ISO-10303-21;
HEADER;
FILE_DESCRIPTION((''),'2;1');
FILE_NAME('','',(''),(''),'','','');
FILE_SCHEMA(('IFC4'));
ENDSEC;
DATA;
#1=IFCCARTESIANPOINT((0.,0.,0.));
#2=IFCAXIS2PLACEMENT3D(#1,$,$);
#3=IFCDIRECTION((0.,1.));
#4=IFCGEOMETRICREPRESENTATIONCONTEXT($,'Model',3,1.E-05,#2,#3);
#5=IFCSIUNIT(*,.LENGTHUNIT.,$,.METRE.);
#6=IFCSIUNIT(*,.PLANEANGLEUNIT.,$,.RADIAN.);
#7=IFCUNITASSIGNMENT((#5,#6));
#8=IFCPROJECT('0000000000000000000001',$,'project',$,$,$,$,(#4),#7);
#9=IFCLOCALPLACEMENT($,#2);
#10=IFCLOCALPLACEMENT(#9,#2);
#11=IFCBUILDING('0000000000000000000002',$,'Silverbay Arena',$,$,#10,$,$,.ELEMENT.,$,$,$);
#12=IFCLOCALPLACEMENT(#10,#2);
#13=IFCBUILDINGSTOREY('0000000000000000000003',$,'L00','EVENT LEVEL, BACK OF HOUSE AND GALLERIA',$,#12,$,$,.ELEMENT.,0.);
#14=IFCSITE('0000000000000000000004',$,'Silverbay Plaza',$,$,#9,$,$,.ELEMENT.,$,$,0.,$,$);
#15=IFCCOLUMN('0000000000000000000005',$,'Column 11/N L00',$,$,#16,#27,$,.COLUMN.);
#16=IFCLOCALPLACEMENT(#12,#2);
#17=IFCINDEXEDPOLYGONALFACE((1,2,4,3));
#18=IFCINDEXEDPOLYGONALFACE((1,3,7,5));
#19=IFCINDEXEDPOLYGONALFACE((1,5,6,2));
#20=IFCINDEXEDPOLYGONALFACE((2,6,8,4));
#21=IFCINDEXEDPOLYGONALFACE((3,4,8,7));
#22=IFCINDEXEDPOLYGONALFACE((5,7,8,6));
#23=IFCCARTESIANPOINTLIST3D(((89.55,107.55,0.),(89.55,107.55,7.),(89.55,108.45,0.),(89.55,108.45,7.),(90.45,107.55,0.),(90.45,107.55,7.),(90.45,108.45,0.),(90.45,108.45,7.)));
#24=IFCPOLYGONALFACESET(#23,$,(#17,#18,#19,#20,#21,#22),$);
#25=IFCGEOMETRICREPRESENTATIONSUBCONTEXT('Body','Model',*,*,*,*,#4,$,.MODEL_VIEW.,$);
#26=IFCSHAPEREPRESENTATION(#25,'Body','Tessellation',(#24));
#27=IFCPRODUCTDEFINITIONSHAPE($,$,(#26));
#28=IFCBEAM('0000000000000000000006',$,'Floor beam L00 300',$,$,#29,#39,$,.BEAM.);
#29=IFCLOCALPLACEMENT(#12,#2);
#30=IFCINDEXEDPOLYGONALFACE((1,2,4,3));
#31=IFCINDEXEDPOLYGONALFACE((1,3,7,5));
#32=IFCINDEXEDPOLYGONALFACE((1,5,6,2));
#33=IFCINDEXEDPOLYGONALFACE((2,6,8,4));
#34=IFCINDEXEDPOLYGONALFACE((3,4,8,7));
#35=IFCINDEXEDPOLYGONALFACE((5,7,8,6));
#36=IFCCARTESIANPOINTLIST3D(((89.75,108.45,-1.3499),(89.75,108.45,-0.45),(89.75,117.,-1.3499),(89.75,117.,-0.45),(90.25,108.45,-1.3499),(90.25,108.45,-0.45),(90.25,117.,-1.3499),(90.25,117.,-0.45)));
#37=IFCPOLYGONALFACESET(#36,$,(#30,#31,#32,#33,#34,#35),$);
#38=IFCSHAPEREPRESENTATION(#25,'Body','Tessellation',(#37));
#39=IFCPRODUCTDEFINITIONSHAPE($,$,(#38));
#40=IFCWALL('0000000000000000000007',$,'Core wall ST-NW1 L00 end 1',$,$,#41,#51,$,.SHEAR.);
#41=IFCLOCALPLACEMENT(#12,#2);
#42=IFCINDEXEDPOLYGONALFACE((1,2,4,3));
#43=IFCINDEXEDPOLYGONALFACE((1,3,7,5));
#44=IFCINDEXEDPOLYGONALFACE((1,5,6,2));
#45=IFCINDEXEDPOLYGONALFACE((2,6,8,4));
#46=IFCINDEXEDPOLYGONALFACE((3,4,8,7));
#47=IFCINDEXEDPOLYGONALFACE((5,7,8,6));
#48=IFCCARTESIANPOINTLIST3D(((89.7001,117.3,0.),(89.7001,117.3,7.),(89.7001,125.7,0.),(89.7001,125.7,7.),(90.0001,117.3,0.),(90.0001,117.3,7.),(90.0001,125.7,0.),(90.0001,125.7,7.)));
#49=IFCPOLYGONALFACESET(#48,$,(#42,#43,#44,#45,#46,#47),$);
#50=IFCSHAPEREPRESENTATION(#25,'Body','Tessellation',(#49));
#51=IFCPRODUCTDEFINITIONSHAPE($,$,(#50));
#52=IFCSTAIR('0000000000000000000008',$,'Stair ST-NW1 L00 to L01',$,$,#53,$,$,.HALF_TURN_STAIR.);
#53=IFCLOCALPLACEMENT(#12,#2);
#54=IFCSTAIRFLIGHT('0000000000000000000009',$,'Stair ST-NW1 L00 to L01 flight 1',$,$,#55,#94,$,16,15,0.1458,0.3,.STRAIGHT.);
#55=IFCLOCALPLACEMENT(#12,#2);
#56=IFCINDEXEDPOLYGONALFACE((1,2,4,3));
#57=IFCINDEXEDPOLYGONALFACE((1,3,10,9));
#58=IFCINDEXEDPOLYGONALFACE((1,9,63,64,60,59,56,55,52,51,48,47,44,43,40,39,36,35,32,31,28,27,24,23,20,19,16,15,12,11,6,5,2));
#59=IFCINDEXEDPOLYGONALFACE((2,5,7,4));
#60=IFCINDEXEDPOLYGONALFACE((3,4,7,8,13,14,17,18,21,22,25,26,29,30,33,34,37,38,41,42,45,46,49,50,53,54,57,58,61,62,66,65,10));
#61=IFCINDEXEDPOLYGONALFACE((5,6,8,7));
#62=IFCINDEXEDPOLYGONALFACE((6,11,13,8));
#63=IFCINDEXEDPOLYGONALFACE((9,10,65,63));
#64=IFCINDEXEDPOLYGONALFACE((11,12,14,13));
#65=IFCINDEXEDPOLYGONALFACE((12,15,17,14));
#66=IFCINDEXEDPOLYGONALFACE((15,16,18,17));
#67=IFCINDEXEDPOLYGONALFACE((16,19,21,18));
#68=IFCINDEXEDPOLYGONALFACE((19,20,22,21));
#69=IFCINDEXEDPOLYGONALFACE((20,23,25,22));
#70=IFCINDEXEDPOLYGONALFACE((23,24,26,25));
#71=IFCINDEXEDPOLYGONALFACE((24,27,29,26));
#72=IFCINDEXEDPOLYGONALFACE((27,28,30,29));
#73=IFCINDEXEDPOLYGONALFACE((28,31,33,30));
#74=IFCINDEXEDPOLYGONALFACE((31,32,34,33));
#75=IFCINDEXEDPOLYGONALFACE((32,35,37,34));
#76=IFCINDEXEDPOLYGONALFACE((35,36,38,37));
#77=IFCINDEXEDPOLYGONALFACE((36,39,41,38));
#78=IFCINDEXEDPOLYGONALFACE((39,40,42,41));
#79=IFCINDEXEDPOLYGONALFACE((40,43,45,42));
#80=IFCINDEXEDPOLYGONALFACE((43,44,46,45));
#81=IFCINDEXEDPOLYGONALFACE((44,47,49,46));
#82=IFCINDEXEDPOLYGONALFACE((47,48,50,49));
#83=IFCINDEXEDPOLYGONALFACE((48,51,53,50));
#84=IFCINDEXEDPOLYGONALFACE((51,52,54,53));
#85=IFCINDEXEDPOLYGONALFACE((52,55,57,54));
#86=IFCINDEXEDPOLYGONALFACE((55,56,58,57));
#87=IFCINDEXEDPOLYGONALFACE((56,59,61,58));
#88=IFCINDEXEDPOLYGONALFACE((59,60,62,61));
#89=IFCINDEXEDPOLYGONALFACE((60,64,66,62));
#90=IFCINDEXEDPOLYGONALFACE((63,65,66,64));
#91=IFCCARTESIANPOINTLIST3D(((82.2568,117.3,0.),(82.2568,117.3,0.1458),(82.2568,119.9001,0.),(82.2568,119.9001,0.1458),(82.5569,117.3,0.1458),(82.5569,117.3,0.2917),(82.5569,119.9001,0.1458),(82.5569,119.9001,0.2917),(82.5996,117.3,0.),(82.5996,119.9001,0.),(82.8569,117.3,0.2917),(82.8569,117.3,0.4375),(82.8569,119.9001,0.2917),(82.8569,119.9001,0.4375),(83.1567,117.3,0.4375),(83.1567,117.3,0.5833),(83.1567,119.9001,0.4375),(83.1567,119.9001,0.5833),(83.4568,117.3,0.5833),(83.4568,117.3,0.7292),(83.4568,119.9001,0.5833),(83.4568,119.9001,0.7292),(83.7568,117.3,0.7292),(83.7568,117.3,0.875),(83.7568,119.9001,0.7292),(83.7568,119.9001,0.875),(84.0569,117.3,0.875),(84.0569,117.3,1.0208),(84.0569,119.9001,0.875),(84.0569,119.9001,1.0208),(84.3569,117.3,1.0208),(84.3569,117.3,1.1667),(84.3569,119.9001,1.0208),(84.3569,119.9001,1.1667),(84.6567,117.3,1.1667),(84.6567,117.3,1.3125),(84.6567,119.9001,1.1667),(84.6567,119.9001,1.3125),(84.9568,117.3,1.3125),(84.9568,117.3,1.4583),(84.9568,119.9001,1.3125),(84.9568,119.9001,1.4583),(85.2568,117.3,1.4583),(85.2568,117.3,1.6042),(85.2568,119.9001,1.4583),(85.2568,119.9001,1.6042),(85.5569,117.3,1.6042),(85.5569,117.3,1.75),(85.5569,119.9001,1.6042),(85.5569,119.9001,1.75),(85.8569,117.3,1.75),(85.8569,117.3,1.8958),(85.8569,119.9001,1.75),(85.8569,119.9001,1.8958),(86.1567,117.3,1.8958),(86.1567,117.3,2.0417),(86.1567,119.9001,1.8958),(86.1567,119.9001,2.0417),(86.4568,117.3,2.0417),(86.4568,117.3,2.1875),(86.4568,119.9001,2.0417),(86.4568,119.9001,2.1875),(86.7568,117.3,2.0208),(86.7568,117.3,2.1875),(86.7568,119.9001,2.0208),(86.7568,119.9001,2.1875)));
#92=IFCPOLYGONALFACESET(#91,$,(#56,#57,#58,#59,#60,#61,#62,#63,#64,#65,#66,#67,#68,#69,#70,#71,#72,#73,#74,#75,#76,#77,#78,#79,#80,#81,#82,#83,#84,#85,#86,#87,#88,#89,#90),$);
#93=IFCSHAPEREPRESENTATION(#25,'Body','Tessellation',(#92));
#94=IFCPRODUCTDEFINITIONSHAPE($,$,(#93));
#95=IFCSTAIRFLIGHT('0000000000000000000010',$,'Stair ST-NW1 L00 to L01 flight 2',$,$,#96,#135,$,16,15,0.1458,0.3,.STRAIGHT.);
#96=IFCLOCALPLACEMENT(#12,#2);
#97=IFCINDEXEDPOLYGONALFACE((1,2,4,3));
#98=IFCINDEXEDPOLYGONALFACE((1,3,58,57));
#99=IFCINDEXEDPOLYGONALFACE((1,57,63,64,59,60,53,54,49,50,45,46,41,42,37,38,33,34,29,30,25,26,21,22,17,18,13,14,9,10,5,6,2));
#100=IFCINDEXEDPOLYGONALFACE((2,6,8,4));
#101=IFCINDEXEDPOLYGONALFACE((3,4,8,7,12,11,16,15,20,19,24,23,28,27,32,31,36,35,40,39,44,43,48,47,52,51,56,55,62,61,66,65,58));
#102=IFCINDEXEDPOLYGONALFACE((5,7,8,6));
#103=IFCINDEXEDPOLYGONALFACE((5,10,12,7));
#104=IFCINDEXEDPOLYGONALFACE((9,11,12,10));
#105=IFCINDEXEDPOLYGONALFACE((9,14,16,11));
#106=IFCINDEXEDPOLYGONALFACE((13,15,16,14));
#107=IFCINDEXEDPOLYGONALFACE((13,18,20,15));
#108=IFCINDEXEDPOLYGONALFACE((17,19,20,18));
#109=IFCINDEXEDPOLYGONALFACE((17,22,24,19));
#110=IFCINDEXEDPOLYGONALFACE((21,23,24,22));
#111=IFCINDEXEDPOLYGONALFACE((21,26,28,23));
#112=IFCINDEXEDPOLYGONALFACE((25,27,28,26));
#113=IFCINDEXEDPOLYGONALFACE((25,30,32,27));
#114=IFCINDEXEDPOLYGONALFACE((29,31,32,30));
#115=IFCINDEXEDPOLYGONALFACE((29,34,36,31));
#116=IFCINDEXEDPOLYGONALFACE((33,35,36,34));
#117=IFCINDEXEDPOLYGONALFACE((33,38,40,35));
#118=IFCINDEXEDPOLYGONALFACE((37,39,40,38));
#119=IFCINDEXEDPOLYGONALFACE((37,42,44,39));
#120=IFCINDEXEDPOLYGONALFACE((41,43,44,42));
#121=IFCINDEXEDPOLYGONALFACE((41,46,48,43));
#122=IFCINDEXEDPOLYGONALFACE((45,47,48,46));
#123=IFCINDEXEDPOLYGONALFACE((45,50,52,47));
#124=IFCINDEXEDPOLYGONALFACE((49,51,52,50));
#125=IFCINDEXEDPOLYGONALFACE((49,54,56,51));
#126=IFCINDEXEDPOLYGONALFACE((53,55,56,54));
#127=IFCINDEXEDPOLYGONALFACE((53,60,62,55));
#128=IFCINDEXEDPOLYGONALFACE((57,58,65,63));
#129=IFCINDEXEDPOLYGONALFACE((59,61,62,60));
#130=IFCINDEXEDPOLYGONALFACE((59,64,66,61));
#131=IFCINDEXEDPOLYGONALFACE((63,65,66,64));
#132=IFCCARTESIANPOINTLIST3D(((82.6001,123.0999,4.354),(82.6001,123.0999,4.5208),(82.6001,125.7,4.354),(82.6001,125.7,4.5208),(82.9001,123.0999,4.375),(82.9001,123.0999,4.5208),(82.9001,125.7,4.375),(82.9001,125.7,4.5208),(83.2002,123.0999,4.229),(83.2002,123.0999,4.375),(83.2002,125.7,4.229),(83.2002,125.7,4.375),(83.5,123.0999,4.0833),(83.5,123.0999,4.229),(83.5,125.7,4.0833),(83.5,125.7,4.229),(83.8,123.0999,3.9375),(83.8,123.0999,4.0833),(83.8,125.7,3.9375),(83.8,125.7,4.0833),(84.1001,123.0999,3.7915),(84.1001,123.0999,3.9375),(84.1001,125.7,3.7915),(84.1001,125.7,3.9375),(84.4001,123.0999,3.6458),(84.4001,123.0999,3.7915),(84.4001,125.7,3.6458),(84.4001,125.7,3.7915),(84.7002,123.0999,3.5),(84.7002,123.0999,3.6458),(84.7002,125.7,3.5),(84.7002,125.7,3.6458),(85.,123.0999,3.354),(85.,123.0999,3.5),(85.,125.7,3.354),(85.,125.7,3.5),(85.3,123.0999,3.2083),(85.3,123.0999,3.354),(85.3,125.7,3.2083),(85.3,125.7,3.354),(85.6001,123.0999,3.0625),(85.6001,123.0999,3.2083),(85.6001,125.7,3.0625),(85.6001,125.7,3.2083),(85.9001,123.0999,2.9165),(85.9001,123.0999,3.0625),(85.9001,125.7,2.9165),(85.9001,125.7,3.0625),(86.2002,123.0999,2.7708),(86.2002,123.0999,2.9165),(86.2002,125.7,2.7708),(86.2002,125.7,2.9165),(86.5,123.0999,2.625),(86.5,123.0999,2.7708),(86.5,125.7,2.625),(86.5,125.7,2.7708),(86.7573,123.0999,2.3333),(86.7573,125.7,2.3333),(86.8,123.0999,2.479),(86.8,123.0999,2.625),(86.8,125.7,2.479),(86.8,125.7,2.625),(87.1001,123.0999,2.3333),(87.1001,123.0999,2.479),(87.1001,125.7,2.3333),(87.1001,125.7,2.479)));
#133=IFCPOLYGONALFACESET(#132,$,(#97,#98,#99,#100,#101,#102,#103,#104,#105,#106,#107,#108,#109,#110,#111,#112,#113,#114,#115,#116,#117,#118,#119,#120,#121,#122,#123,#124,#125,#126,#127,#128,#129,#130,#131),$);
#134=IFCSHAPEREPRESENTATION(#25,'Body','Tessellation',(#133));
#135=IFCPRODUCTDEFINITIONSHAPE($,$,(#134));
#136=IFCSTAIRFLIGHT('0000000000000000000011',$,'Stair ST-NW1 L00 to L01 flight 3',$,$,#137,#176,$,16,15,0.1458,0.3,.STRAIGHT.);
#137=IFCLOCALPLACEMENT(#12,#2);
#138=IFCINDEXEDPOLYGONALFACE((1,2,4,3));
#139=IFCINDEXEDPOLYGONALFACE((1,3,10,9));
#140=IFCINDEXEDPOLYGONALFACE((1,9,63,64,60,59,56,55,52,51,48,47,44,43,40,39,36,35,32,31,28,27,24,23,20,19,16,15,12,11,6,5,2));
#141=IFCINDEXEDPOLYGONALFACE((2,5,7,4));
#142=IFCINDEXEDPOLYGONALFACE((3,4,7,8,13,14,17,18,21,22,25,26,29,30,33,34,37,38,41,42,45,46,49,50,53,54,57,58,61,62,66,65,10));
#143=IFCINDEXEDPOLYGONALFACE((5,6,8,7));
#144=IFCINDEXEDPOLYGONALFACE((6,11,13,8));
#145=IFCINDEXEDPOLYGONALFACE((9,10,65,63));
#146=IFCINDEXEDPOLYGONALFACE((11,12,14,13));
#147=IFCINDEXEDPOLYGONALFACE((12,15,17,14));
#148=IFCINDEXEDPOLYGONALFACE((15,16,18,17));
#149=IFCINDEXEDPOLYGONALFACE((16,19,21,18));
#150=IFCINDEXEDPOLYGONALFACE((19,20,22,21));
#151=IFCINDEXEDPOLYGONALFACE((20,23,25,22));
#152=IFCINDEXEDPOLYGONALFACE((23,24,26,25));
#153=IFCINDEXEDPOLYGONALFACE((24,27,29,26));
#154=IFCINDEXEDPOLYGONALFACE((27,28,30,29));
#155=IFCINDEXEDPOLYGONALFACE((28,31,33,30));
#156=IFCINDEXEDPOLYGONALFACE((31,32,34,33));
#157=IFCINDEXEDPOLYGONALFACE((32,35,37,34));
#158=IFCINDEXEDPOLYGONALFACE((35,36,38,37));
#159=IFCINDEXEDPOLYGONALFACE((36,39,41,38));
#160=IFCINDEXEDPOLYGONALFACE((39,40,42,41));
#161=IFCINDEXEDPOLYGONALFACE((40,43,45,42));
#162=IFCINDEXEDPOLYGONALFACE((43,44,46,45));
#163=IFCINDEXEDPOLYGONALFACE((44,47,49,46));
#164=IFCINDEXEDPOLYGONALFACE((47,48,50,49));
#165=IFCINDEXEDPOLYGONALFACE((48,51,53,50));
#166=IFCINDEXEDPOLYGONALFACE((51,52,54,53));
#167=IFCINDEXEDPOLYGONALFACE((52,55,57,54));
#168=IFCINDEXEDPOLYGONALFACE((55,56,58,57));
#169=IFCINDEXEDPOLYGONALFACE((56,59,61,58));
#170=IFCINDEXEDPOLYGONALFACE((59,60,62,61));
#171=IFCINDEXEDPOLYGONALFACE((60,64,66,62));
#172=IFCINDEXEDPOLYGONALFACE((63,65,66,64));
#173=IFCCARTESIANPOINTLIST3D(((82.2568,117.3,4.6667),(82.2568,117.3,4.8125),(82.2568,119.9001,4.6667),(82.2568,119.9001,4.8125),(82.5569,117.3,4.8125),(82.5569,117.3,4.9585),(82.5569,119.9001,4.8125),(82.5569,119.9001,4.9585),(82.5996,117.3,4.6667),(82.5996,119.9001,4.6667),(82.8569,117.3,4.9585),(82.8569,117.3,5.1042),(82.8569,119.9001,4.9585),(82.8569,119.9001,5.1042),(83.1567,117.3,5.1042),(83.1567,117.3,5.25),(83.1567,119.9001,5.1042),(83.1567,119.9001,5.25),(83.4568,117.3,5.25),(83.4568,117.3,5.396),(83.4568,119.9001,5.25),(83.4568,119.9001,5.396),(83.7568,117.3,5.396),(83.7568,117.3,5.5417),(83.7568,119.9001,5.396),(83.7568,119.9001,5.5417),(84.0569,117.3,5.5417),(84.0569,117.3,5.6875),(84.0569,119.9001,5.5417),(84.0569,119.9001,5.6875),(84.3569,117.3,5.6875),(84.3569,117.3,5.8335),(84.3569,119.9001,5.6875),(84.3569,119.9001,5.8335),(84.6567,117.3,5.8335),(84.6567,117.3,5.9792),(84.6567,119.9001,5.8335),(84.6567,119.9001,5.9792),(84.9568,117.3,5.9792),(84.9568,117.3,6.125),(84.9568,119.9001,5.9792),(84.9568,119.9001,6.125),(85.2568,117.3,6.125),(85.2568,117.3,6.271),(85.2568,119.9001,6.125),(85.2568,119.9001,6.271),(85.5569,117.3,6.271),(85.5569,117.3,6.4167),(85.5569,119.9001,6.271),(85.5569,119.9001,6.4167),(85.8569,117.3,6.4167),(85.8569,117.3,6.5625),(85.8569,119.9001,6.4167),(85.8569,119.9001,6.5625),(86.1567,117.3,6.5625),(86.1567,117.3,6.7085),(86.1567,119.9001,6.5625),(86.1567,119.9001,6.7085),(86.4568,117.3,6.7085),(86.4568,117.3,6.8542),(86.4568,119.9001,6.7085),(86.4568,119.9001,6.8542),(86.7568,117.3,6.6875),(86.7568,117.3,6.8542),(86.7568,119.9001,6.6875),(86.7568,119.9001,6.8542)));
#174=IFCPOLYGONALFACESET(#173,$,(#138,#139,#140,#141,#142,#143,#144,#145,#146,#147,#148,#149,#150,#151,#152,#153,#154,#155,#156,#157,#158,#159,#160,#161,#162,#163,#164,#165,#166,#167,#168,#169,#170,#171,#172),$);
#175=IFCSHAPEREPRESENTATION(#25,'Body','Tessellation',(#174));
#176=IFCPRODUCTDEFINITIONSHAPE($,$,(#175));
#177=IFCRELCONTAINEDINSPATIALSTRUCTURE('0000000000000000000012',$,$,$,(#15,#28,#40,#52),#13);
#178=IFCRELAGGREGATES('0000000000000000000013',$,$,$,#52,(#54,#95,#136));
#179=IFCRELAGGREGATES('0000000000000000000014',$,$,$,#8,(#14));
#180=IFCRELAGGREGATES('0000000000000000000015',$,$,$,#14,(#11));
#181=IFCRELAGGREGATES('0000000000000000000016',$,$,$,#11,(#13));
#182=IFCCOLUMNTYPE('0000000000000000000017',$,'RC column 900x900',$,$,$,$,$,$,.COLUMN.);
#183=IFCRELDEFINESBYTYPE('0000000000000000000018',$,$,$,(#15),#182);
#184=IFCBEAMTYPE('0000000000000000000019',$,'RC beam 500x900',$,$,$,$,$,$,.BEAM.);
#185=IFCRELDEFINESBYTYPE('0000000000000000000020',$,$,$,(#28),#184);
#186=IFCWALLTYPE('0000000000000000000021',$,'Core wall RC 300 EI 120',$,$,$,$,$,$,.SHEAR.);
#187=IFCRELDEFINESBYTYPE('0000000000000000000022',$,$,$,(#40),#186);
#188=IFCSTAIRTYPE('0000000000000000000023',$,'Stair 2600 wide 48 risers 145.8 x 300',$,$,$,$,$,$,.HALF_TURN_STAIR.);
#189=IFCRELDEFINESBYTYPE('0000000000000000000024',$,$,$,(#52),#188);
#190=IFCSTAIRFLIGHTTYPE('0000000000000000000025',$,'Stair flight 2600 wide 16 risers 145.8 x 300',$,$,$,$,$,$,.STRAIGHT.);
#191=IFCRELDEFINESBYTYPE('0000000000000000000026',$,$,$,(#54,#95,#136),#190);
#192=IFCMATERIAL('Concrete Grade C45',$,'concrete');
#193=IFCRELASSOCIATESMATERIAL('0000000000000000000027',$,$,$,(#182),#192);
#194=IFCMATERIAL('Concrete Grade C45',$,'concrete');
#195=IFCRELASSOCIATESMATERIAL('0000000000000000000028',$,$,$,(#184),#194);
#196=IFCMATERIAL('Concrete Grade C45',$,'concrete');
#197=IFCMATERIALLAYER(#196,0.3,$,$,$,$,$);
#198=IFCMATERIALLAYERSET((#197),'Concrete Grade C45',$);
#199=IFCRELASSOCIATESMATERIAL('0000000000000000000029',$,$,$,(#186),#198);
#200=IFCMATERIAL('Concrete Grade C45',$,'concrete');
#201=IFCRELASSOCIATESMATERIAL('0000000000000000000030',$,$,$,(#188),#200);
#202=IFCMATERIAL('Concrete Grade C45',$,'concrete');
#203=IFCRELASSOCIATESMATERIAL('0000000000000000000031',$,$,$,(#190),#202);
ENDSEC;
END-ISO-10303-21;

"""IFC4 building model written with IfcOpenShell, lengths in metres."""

from ifc_helpers import new_model, si_unit, direction, frame, frame_2d, origin, origin_2d, place, context, subcontext, project, spatial, polyline, rectangle, outline, extrude, material, layer, layer_set, material_profile, profile_set, type_object, element, aggregate, save


model = new_model("IFC4")

# Units and contexts
model_context = context("Model", 3, precision=1e-05, world=origin(), true_north=direction((0.0, 1.0)))
body_context = subcontext(model_context, "Body", "Model", "MODEL_VIEW")
ifc_project = project(units=[si_unit("LENGTHUNIT", "METRE"), si_unit("PLANEANGLEUNIT", "RADIAN")], contexts=[model_context])

# Site, building, storey
site_placement = place(None, origin())
site = spatial("IfcSite", under=ifc_project, at=site_placement, Name="Silverbay Plaza", CompositionType="ELEMENT", RefElevation=0.0)
building_placement = place(site_placement, origin())
building = spatial("IfcBuilding", under=site, at=building_placement, Name="Silverbay Arena", CompositionType="ELEMENT")
storey_placement = place(building_placement, origin())
storey = spatial("IfcBuildingStorey", under=building, at=storey_placement, Name="L00", Description="EVENT LEVEL, BACK OF HOUSE AND GALLERIA", CompositionType="ELEMENT", Elevation=0.0)

# Column
ifc_material_1 = material(Name="Concrete Grade C45", Category="concrete")
ifc_material_profile_1 = material_profile(ifc_material_1, rectangle(XDim=0.8999, YDim=0.8999, at=origin_2d()), Name="RC 900x900")
ifc_profile_set_1 = profile_set([ifc_material_profile_1], Name="Concrete Grade C45")
column_type = type_object("IfcColumnType", Name="RC column 900x900", PredefinedType="COLUMN", material=ifc_profile_set_1)
column_placement = place(storey_placement, frame((90.0, 108.0, 0.0), z_axis=(0.0, 0.0, 1.0), x_axis=(1.0, 0.0, 0.0)))
element("IfcColumn", 1, at=column_placement, inside=storey, type_object=column_type, Name="Column 11/N L00", PredefinedType="COLUMN", context=body_context, shape_type="SweptSolid", body=[
    extrude(rectangle(XDim=0.8999, YDim=0.8999, at=origin_2d()), origin(), (0.0, 0.0, 1.0), 7.0),
])

# Beam
ifc_material_2 = material(Name="Concrete Grade C45", Category="concrete")
ifc_material_profile_2 = material_profile(ifc_material_2, rectangle(XDim=0.5, YDim=0.8999, at=origin_2d()), Name="RC 500x900")
ifc_profile_set_2 = profile_set([ifc_material_profile_2], Name="Concrete Grade C45")
beam_type = type_object("IfcBeamType", Name="RC beam 500x900", PredefinedType="BEAM", material=ifc_profile_set_2)
beam_placement = place(storey_placement, frame((90.0, 108.45, -0.8999), z_axis=(0.0, 1.0, 0.0), x_axis=(-1.0, 0.0, 0.0)))
element("IfcBeam", 2, at=beam_placement, inside=storey, type_object=beam_type, Name="Floor beam L00 300", PredefinedType="BEAM", context=body_context, shape_type="SweptSolid", body=[
    extrude(rectangle(XDim=0.5, YDim=0.8999, at=origin_2d()), origin(), (0.0, 0.0, 1.0), 8.55),
])

# Wall
ifc_material_3 = material(Name="Concrete Grade C45", Category="concrete")
ifc_layer = layer(ifc_material_3, 0.3)
ifc_layer_set = layer_set([ifc_layer], Name="Concrete Grade C45")
wall_type = type_object("IfcWallType", Name="Core wall RC 300 EI 120", PredefinedType="SHEAR", material=ifc_layer_set)
wall_placement = place(storey_placement, frame((89.8501, 117.3, 0.0), z_axis=(0.0, 0.0, 1.0), x_axis=(0.0, 1.0, 0.0)))
element("IfcWall", 3, at=wall_placement, inside=storey, type_object=wall_type, Name="Core wall ST-NW1 L00 end 1", PredefinedType="SHEAR", context=body_context, shape_type="SweptSolid", body=[
    extrude(rectangle(XDim=8.3999, YDim=0.3, at=frame_2d((4.2, 0.0))), origin(), (0.0, 0.0, 1.0), 7.0),
])

# Stair, stair flights
ifc_material_4 = material(Name="Concrete Grade C45", Category="concrete")
stair_type = type_object("IfcStairType", Name="Stair 2600 wide 48 risers 145.8 x 300", PredefinedType="HALF_TURN_STAIR", material=ifc_material_4)
stair_placement = place(storey_placement, origin())
stair = element("IfcStair", 4, at=stair_placement, inside=storey, type_object=stair_type, Name="Stair ST-NW1 L00 to L01", PredefinedType="HALF_TURN_STAIR")
ifc_material_5 = material(Name="Concrete Grade C45", Category="concrete")
stair_flight_type = type_object("IfcStairFlightType", Name="Stair flight 2600 wide 16 risers 145.8 x 300", PredefinedType="STRAIGHT", material=ifc_material_5)
stair_flight_1_placement = place(storey_placement, frame((82.2568, 118.6001, 0.0), z_axis=(0.0, 0.0, 1.0), x_axis=(1.0, 0.0, 0.0)))
stair_flight_1 = element("IfcStairFlight", 5, at=stair_flight_1_placement, type_object=stair_flight_type, Name="Stair ST-NW1 L00 to L01 flight 1", NumberOfRisers=16, NumberOfTreads=15, PredefinedType="STRAIGHT", RiserHeight=0.1458, TreadLength=0.3, context=body_context, shape_type="SweptSolid", body=[
    extrude(outline(polyline([(0.0, 0.0), (0.0, 0.1458), (0.3, 0.1458), (0.3, 0.2917), (0.6001, 0.2917), (0.6001, 0.4375), (0.8999, 0.4375), (0.8999, 0.5833), (1.2, 0.5833), (1.2, 0.7292), (1.5, 0.7292), (1.5, 0.875), (1.8, 0.875), (1.8, 1.0208), (2.1001, 1.0208), (2.1001, 1.1667), (2.3999, 1.1667), (2.3999, 1.3125), (2.7, 1.3125), (2.7, 1.4583), (3.0, 1.4583), (3.0, 1.6042), (3.3, 1.6042), (3.3, 1.75), (3.6001, 1.75), (3.6001, 1.8958), (3.8999, 1.8958), (3.8999, 2.0417), (4.2, 2.0417), (4.2, 2.1875), (4.5, 2.1875), (4.5, 2.0208), (0.3428, 0.0), (0.0, 0.0)])), frame((0.0, 1.3, 0.0), z_axis=(0.0, -1.0, 0.0), x_axis=(1.0, 0.0, 0.0)), (0.0, 0.0, 1.0), 2.6001),
])
stair_flight_2_placement = place(storey_placement, frame((87.1001, 124.3999, 2.3333), z_axis=(0.0, 0.0, 1.0), x_axis=(-1.0, 0.0, 0.0)))
stair_flight_2 = element("IfcStairFlight", 6, at=stair_flight_2_placement, type_object=stair_flight_type, Name="Stair ST-NW1 L00 to L01 flight 2", NumberOfRisers=16, NumberOfTreads=15, PredefinedType="STRAIGHT", RiserHeight=0.1458, TreadLength=0.3, context=body_context, shape_type="SweptSolid", body=[
    extrude(outline(polyline([(0.0, 0.0), (0.0, 0.1458), (0.3, 0.1458), (0.3, 0.2917), (0.6001, 0.2917), (0.6001, 0.4375), (0.8999, 0.4375), (0.8999, 0.5833), (1.2, 0.5833), (1.2, 0.7292), (1.5, 0.7292), (1.5, 0.875), (1.8, 0.875), (1.8, 1.0208), (2.1001, 1.0208), (2.1001, 1.1667), (2.3999, 1.1667), (2.3999, 1.3125), (2.7, 1.3125), (2.7, 1.4583), (3.0, 1.4583), (3.0, 1.6042), (3.3, 1.6042), (3.3, 1.75), (3.6001, 1.75), (3.6001, 1.8958), (3.8999, 1.8958), (3.8999, 2.0417), (4.2, 2.0417), (4.2, 2.1875), (4.5, 2.1875), (4.5, 2.0208), (0.3428, 0.0), (0.0, 0.0)])), frame((0.0, 1.3, 0.0), z_axis=(0.0, -1.0, 0.0), x_axis=(1.0, 0.0, 0.0)), (0.0, 0.0, 1.0), 2.6001),
])
stair_flight_3_placement = place(storey_placement, frame((82.2568, 118.6001, 4.6667), z_axis=(0.0, 0.0, 1.0), x_axis=(1.0, 0.0, 0.0)))
stair_flight_3 = element("IfcStairFlight", 7, at=stair_flight_3_placement, type_object=stair_flight_type, Name="Stair ST-NW1 L00 to L01 flight 3", NumberOfRisers=16, NumberOfTreads=15, PredefinedType="STRAIGHT", RiserHeight=0.1458, TreadLength=0.3, context=body_context, shape_type="SweptSolid", body=[
    extrude(outline(polyline([(0.0, 0.0), (0.0, 0.1458), (0.3, 0.1458), (0.3, 0.2917), (0.6001, 0.2917), (0.6001, 0.4375), (0.8999, 0.4375), (0.8999, 0.5833), (1.2, 0.5833), (1.2, 0.7292), (1.5, 0.7292), (1.5, 0.875), (1.8, 0.875), (1.8, 1.0208), (2.1001, 1.0208), (2.1001, 1.1667), (2.3999, 1.1667), (2.3999, 1.3125), (2.7, 1.3125), (2.7, 1.4583), (3.0, 1.4583), (3.0, 1.6042), (3.3, 1.6042), (3.3, 1.75), (3.6001, 1.75), (3.6001, 1.8958), (3.8999, 1.8958), (3.8999, 2.0417), (4.2, 2.0417), (4.2, 2.1875), (4.5, 2.1875), (4.5, 2.0208), (0.3428, 0.0), (0.0, 0.0)])), frame((0.0, 1.3, 0.0), z_axis=(0.0, -1.0, 0.0), x_axis=(1.0, 0.0, 0.0)), (0.0, 0.0, 1.0), 2.6001),
])
aggregate(stair, [stair_flight_1, stair_flight_2, stair_flight_3])

save(model, "model.ifc")
